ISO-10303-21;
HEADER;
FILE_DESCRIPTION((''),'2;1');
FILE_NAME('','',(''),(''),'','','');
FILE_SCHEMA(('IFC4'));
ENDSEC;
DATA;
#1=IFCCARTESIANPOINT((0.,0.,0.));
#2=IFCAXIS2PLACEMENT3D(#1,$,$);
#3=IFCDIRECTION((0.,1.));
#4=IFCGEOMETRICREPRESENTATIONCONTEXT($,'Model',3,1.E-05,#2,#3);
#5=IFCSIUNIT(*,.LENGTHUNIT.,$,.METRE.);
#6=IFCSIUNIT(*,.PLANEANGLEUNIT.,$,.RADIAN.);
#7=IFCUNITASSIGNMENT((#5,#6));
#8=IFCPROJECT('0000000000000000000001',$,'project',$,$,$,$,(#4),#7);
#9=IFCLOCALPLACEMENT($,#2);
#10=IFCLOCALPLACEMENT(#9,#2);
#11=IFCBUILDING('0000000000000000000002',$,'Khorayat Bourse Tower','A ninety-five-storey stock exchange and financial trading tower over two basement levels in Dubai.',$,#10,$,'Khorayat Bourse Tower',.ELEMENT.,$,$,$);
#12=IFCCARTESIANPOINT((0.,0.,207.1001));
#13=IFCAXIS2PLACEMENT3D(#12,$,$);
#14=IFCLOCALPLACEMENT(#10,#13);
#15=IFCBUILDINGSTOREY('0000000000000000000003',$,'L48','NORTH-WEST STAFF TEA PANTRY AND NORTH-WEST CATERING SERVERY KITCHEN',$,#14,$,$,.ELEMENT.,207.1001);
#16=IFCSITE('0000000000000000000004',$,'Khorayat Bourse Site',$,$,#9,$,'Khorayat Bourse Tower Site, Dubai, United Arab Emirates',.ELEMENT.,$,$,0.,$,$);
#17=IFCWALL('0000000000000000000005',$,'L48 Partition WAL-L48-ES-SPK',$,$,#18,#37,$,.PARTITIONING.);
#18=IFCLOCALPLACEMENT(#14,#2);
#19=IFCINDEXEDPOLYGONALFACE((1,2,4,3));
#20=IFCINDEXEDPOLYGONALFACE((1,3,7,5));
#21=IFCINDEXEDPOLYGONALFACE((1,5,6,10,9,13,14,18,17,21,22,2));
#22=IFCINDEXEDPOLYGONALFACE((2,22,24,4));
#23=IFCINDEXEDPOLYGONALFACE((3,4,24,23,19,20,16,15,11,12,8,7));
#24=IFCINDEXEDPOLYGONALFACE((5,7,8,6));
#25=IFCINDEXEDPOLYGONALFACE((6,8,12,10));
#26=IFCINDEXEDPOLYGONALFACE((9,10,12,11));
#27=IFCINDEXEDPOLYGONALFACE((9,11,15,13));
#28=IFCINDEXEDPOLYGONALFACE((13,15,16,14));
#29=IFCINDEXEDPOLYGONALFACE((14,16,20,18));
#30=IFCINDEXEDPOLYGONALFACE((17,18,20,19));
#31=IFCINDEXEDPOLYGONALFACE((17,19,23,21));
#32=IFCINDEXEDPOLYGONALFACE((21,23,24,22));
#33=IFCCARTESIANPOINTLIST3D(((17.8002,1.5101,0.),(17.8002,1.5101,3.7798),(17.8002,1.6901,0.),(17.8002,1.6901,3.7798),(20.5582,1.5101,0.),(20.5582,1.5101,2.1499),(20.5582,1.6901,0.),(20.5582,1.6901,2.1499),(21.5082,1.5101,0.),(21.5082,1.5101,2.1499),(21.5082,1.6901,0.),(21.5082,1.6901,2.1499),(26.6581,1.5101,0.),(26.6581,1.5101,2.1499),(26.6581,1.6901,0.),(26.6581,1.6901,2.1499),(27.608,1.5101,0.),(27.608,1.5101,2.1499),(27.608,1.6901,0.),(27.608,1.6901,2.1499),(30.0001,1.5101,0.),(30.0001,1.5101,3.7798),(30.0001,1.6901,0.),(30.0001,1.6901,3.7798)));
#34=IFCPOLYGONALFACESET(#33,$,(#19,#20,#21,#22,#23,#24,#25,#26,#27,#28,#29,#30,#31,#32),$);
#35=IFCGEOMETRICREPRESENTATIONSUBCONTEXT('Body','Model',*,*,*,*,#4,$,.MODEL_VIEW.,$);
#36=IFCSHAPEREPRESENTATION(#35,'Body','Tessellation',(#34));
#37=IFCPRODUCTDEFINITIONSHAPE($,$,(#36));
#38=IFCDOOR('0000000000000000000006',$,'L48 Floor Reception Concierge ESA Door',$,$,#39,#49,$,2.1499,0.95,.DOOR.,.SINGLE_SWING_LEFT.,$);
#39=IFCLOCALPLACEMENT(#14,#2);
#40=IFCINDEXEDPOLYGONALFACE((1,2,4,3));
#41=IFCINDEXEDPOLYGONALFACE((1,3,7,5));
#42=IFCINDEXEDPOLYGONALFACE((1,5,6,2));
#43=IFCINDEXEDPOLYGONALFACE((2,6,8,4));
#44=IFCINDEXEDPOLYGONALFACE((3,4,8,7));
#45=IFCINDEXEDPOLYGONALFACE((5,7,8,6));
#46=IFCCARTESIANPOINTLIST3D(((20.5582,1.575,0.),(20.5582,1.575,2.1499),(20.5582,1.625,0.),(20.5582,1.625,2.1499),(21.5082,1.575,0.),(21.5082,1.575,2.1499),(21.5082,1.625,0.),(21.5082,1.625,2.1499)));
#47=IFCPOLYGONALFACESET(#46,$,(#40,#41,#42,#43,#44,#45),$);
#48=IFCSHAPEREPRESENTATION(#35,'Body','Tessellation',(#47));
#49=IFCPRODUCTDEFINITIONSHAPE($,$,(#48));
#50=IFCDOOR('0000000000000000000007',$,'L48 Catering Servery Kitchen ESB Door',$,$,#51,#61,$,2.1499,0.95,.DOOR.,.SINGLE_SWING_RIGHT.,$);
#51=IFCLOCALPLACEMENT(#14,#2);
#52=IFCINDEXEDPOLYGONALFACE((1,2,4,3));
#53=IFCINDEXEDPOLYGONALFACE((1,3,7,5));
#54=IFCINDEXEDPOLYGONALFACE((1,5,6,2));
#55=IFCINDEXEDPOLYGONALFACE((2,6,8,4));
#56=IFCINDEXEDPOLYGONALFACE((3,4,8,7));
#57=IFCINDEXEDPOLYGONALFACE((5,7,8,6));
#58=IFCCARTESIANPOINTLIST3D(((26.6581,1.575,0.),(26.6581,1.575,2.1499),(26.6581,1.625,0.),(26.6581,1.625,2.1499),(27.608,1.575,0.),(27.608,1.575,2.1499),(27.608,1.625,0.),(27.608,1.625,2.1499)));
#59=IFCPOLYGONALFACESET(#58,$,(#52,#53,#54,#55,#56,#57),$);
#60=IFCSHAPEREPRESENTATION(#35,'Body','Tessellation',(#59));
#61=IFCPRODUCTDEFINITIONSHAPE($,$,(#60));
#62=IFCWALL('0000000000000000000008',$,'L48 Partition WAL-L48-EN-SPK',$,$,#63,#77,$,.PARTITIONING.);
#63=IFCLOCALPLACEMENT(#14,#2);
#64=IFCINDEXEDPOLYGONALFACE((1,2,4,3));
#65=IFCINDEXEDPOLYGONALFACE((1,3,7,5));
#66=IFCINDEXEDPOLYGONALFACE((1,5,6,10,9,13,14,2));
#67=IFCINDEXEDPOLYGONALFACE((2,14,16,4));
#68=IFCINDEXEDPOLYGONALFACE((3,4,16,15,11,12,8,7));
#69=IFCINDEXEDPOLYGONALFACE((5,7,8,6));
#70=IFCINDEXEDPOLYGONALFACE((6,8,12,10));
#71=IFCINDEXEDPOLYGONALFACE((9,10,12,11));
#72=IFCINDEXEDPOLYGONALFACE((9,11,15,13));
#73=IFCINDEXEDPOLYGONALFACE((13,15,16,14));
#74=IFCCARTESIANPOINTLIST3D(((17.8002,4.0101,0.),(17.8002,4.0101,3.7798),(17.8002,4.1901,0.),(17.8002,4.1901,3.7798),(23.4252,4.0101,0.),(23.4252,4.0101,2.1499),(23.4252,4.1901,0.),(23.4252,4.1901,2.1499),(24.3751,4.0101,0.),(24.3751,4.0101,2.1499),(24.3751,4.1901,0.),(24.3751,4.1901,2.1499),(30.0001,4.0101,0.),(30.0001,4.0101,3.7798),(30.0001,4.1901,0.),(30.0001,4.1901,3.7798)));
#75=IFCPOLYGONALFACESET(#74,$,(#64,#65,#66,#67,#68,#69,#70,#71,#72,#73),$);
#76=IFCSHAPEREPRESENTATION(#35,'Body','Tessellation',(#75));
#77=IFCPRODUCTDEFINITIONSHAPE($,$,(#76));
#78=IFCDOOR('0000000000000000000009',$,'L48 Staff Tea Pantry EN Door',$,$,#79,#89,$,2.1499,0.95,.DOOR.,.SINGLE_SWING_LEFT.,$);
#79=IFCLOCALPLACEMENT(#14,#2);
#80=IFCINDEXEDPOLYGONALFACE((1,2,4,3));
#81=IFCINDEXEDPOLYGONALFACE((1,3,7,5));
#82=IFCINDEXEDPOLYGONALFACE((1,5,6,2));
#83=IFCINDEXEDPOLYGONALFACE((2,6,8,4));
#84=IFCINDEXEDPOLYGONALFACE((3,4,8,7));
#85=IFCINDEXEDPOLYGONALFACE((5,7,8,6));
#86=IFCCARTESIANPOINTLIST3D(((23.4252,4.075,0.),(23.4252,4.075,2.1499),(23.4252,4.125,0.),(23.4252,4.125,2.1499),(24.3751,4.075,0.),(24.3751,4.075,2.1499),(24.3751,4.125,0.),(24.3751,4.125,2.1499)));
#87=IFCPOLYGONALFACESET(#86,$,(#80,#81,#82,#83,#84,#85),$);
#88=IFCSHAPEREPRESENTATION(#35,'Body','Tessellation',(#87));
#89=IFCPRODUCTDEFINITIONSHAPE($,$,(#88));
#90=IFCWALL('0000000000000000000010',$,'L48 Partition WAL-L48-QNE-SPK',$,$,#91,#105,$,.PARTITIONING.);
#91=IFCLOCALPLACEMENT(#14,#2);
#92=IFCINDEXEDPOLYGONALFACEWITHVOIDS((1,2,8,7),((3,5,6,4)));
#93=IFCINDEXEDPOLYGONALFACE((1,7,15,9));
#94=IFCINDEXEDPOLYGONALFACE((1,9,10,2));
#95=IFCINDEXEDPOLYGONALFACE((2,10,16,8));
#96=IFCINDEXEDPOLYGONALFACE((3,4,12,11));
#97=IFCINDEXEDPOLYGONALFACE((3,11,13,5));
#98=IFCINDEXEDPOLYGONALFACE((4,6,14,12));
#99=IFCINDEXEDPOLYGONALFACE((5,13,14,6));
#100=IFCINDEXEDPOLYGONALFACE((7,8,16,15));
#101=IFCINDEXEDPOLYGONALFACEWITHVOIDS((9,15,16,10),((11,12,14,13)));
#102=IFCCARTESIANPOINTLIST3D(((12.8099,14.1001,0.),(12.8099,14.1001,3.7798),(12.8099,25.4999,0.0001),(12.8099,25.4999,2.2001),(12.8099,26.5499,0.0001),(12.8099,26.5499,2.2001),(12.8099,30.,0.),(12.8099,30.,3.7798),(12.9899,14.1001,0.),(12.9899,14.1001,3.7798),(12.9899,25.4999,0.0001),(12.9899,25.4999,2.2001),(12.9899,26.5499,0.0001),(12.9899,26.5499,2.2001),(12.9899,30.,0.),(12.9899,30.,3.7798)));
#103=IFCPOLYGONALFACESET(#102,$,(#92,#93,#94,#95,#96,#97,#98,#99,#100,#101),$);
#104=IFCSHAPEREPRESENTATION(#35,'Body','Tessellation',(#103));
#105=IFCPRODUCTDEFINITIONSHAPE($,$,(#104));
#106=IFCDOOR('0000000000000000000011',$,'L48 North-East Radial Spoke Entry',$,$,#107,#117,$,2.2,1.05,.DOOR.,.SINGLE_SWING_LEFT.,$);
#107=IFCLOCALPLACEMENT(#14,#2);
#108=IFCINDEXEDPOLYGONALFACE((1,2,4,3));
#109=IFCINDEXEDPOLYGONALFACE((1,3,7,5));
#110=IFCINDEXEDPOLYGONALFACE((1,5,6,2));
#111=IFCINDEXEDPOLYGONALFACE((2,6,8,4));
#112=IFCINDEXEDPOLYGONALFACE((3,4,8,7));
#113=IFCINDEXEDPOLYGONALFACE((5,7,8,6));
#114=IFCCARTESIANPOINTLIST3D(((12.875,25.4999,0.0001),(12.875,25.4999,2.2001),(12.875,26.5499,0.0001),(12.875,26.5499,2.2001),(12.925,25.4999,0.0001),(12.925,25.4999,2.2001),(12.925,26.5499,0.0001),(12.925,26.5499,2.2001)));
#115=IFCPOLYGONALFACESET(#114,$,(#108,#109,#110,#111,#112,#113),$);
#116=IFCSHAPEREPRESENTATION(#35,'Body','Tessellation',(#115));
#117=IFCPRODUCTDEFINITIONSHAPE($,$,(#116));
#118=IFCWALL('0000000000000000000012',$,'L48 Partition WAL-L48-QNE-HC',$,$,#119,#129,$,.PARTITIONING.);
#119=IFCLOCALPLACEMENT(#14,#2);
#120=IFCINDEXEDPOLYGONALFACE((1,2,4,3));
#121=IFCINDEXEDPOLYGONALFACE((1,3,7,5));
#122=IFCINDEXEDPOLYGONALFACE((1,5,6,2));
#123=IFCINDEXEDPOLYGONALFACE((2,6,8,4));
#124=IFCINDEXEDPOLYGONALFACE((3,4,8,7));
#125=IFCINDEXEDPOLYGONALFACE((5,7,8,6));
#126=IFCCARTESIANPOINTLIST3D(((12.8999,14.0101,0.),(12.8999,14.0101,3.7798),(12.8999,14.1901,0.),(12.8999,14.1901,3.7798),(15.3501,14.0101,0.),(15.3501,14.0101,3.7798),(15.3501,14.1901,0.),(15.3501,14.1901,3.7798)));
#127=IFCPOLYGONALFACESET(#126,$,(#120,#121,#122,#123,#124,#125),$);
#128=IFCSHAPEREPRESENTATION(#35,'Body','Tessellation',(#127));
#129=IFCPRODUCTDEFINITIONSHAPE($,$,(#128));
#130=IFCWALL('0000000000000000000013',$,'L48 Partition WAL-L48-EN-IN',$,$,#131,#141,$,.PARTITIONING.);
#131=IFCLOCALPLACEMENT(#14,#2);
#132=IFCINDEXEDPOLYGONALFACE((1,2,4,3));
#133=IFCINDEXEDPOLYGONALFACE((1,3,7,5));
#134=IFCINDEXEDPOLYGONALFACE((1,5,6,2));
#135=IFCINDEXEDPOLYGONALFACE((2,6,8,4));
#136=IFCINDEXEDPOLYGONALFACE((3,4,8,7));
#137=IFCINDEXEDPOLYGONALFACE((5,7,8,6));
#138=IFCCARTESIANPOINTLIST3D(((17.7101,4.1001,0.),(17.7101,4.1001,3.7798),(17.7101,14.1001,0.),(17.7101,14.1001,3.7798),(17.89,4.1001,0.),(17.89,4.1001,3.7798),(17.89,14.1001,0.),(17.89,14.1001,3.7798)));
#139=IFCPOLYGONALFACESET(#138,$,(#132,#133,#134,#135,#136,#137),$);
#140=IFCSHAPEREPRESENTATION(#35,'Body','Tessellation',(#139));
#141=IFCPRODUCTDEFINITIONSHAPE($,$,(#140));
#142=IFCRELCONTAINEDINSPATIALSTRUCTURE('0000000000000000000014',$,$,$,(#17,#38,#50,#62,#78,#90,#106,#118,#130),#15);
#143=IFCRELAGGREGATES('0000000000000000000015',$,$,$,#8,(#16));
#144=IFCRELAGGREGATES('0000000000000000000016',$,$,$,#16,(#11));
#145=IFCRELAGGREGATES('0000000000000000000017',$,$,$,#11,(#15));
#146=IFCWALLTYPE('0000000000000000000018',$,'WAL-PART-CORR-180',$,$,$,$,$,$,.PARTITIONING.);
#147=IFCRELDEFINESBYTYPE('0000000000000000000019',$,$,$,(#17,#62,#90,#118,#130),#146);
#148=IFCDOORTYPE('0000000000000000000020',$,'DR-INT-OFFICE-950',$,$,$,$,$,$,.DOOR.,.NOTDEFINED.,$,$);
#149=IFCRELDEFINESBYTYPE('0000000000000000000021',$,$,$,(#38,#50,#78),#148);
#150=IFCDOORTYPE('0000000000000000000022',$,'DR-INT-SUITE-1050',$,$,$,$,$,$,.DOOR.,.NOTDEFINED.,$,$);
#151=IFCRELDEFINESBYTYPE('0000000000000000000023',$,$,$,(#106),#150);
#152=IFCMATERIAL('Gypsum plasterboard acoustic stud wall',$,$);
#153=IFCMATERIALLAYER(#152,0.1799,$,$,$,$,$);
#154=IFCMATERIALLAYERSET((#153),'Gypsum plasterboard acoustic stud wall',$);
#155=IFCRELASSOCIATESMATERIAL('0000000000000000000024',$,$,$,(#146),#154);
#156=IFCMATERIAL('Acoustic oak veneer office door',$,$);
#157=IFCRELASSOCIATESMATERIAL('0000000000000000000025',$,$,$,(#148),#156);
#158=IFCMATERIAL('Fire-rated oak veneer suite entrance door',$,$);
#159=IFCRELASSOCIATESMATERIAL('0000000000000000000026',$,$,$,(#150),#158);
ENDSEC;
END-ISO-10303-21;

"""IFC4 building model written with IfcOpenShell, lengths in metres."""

from ifc_helpers import new_model, si_unit, direction, frame, frame_2d, origin, place, context, subcontext, project, spatial, rectangle, extrude, source, transform, mapped, material, layer, layer_set, type_object, element, fill, save


model = new_model("IFC4")

# Units and contexts
model_context = context("Model", 3, precision=1e-05, world=origin(), true_north=direction((0.0, 1.0)))
body_context = subcontext(model_context, "Body", "Model", "MODEL_VIEW")
ifc_project = project(units=[si_unit("LENGTHUNIT", "METRE"), si_unit("PLANEANGLEUNIT", "RADIAN")], contexts=[model_context])

# Site, building, storey
site_placement = place(None, origin())
site = spatial("IfcSite", under=ifc_project, at=site_placement, Name="Khorayat Bourse Site", LongName="Khorayat Bourse Tower Site, Dubai, United Arab Emirates", CompositionType="ELEMENT", RefElevation=0.0)
building_placement = place(site_placement, origin())
building = spatial("IfcBuilding", under=site, at=building_placement, Name="Khorayat Bourse Tower", Description="A ninety-five-storey stock exchange and financial trading tower over two basement levels in Dubai.", LongName="Khorayat Bourse Tower", CompositionType="ELEMENT")
storey_placement = place(building_placement, frame((0.0, 0.0, 207.1001)))
storey = spatial("IfcBuildingStorey", under=building, at=storey_placement, Name="L48", Description="NORTH-WEST STAFF TEA PANTRY AND NORTH-WEST CATERING SERVERY KITCHEN", CompositionType="ELEMENT", Elevation=207.1001)

# Wall, openings, doors
ifc_material_1 = material(Name="Gypsum plasterboard acoustic stud wall")
ifc_layer_1 = layer(ifc_material_1, 0.1799)
ifc_layer_set_1 = layer_set([ifc_layer_1], Name="Gypsum plasterboard acoustic stud wall")
wall_type = type_object("IfcWallType", Name="WAL-PART-CORR-180", PredefinedType="PARTITIONING", material=ifc_layer_set_1)
shared_shape_1 = source(origin(), body_context, "Body", "SweptSolid", [
    extrude(rectangle(XDim=12.2, YDim=0.1799, at=frame_2d((6.1001, 0.0))), origin(), (0.0, 0.0, 1.0), 3.7798),
])
wall_1_placement = place(storey_placement, frame((17.8, 1.6001, 0.0), z_axis=(0.0, 0.0, 1.0), x_axis=(1.0, 0.0, 0.0)))
wall_1 = element("IfcWall", 1, at=wall_1_placement, inside=storey, type_object=wall_type, Name="L48 Partition WAL-L48-ES-SPK", PredefinedType="PARTITIONING", context=body_context, shape_type="MappedRepresentation", body=[
    mapped(shared_shape_1, transform((0.0, 0.0, 0.0), scale=1.0)),
])
shared_shape_2 = source(origin(), body_context, "Body", "SweptSolid", [
    extrude(rectangle(XDim=0.95, YDim=2.1499, at=frame_2d((0.4751, 1.075))), frame((0.0, 0.0999, 0.0), z_axis=(0.0, -1.0, 0.0), x_axis=(1.0, 0.0, 0.0)), (0.0, 0.0, 1.0), 0.2),
])
opening_1_placement = place(wall_1_placement, frame((2.7581, 0.0, 0.0)))
opening_1 = element("IfcOpeningElement", 2, at=opening_1_placement, cuts=wall_1, PredefinedType="OPENING", context=body_context, shape_type="MappedRepresentation", body=[
    mapped(shared_shape_2, transform((0.0, 0.0, 0.0), scale=1.0)),
])
opening_2_placement = place(wall_1_placement, frame((8.8579, 0.0, 0.0)))
opening_2 = element("IfcOpeningElement", 3, at=opening_2_placement, cuts=wall_1, PredefinedType="OPENING", context=body_context, shape_type="MappedRepresentation", body=[
    mapped(shared_shape_2, transform((0.0, 0.0, 0.0), scale=1.0)),
])
ifc_material_2 = material(Name="Acoustic oak veneer office door")
door_type_1 = type_object("IfcDoorType", Name="DR-INT-OFFICE-950", OperationType="NOTDEFINED", PredefinedType="DOOR", material=ifc_material_2)
shared_shape_3 = source(origin(), body_context, "Body", "SweptSolid", [
    extrude(rectangle(XDim=0.95, YDim=2.1499, at=frame_2d((0.4751, 1.075))), frame((0.0, 0.0249, 0.0), z_axis=(0.0, -1.0, 0.0), x_axis=(1.0, 0.0, 0.0)), (0.0, 0.0, 1.0), 0.05),
])
door_1_placement = place(opening_1_placement, origin())
door_1 = element("IfcDoor", 4, at=door_1_placement, inside=storey, type_object=door_type_1, Name="L48 Floor Reception Concierge ESA Door", OperationType="SINGLE_SWING_LEFT", OverallHeight=2.1499, OverallWidth=0.95, PredefinedType="DOOR", context=body_context, shape_type="MappedRepresentation", body=[
    mapped(shared_shape_3, transform((0.0, 0.0, 0.0), scale=1.0)),
])
fill(opening_1, door_1)
door_2_placement = place(opening_2_placement, origin())
door_2 = element("IfcDoor", 5, at=door_2_placement, inside=storey, type_object=door_type_1, Name="L48 Catering Servery Kitchen ESB Door", OperationType="SINGLE_SWING_RIGHT", OverallHeight=2.1499, OverallWidth=0.95, PredefinedType="DOOR", context=body_context, shape_type="MappedRepresentation", body=[
    mapped(shared_shape_3, transform((0.0, 0.0, 0.0), scale=1.0)),
])
fill(opening_2, door_2)

# Walls, openings, doors
wall_2_placement = place(storey_placement, frame((17.8, 4.1001, 0.0), z_axis=(0.0, 0.0, 1.0), x_axis=(1.0, 0.0, 0.0)))
wall_2 = element("IfcWall", 6, at=wall_2_placement, inside=storey, type_object=wall_type, Name="L48 Partition WAL-L48-EN-SPK", PredefinedType="PARTITIONING", context=body_context, shape_type="MappedRepresentation", body=[
    mapped(shared_shape_1, transform((0.0, 0.0, 0.0), scale=1.0)),
])
opening_3_placement = place(wall_2_placement, frame((5.625, 0.0, 0.0)))
opening_3 = element("IfcOpeningElement", 7, at=opening_3_placement, cuts=wall_2, PredefinedType="OPENING", context=body_context, shape_type="MappedRepresentation", body=[
    mapped(shared_shape_2, transform((0.0, 0.0, 0.0), scale=1.0)),
])
door_3_placement = place(opening_3_placement, origin())
door_3 = element("IfcDoor", 8, at=door_3_placement, inside=storey, type_object=door_type_1, Name="L48 Staff Tea Pantry EN Door", OperationType="SINGLE_SWING_LEFT", OverallHeight=2.1499, OverallWidth=0.95, PredefinedType="DOOR", context=body_context, shape_type="MappedRepresentation", body=[
    mapped(shared_shape_3, transform((0.0, 0.0, 0.0), scale=1.0)),
])
fill(opening_3, door_3)
shared_shape_4 = source(origin(), body_context, "Body", "SweptSolid", [
    extrude(rectangle(XDim=15.8999, YDim=0.1799, at=frame_2d((7.95, 0.0))), origin(), (0.0, 0.0, 1.0), 3.7798),
])
wall_3_placement = place(storey_placement, frame((12.8999, 14.1001, 0.0), z_axis=(0.0, 0.0, 1.0), x_axis=(0.0, 1.0, 0.0)))
wall_3 = element("IfcWall", 9, at=wall_3_placement, inside=storey, type_object=wall_type, Name="L48 Partition WAL-L48-QNE-SPK", PredefinedType="PARTITIONING", context=body_context, shape_type="MappedRepresentation", body=[
    mapped(shared_shape_4, transform((0.0, 0.0, 0.0), scale=1.0)),
])
shared_shape_5 = source(origin(), body_context, "Body", "SweptSolid", [
    extrude(rectangle(XDim=1.05, YDim=2.2, at=frame_2d((0.5249, 1.1001))), frame((0.0, 0.0999, 0.0), z_axis=(0.0, -1.0, 0.0), x_axis=(1.0, 0.0, 0.0)), (0.0, 0.0, 1.0), 0.2),
])
opening_4_placement = place(wall_3_placement, frame((11.3999, 0.0, 0.0)))
opening_4 = element("IfcOpeningElement", 10, at=opening_4_placement, cuts=wall_3, PredefinedType="OPENING", context=body_context, shape_type="MappedRepresentation", body=[
    mapped(shared_shape_5, transform((0.0, 0.0, 0.0), scale=1.0)),
])
ifc_material_3 = material(Name="Fire-rated oak veneer suite entrance door")
door_type_2 = type_object("IfcDoorType", Name="DR-INT-SUITE-1050", OperationType="NOTDEFINED", PredefinedType="DOOR", material=ifc_material_3)
shared_shape_6 = source(origin(), body_context, "Body", "SweptSolid", [
    extrude(rectangle(XDim=1.05, YDim=2.2, at=frame_2d((0.5249, 1.1001))), frame((0.0, 0.0249, 0.0), z_axis=(0.0, -1.0, 0.0), x_axis=(1.0, 0.0, 0.0)), (0.0, 0.0, 1.0), 0.05),
])
door_4_placement = place(opening_4_placement, origin())
door_4 = element("IfcDoor", 11, at=door_4_placement, inside=storey, type_object=door_type_2, Name="L48 North-East Radial Spoke Entry", OperationType="SINGLE_SWING_LEFT", OverallHeight=2.2, OverallWidth=1.05, PredefinedType="DOOR", context=body_context, shape_type="MappedRepresentation", body=[
    mapped(shared_shape_6, transform((0.0, 0.0, 0.0), scale=1.0)),
])
fill(opening_4, door_4)

# Walls
shared_shape_7 = source(origin(), body_context, "Body", "SweptSolid", [
    extrude(rectangle(XDim=2.4502, YDim=0.1799, at=frame_2d((1.2251, 0.0))), origin(), (0.0, 0.0, 1.0), 3.7798),
])
wall_4_placement = place(storey_placement, frame((12.8999, 14.1001, 0.0), z_axis=(0.0, 0.0, 1.0), x_axis=(1.0, 0.0, 0.0)))
element("IfcWall", 12, at=wall_4_placement, inside=storey, type_object=wall_type, Name="L48 Partition WAL-L48-QNE-HC", PredefinedType="PARTITIONING", context=body_context, shape_type="MappedRepresentation", body=[
    mapped(shared_shape_7, transform((0.0, 0.0, 0.0), scale=1.0)),
])
shared_shape_8 = source(origin(), body_context, "Body", "SweptSolid", [
    extrude(rectangle(XDim=10.0, YDim=0.1799, at=frame_2d((5.0, 0.0))), origin(), (0.0, 0.0, 1.0), 3.7798),
])
wall_5_placement = place(storey_placement, frame((17.8, 4.1001, 0.0), z_axis=(0.0, 0.0, 1.0), x_axis=(0.0, 1.0, 0.0)))
element("IfcWall", 13, at=wall_5_placement, inside=storey, type_object=wall_type, Name="L48 Partition WAL-L48-EN-IN", PredefinedType="PARTITIONING", context=body_context, shape_type="MappedRepresentation", body=[
    mapped(shared_shape_8, transform((0.0, 0.0, 0.0), scale=1.0)),
])

save(model, "model.ifc")
